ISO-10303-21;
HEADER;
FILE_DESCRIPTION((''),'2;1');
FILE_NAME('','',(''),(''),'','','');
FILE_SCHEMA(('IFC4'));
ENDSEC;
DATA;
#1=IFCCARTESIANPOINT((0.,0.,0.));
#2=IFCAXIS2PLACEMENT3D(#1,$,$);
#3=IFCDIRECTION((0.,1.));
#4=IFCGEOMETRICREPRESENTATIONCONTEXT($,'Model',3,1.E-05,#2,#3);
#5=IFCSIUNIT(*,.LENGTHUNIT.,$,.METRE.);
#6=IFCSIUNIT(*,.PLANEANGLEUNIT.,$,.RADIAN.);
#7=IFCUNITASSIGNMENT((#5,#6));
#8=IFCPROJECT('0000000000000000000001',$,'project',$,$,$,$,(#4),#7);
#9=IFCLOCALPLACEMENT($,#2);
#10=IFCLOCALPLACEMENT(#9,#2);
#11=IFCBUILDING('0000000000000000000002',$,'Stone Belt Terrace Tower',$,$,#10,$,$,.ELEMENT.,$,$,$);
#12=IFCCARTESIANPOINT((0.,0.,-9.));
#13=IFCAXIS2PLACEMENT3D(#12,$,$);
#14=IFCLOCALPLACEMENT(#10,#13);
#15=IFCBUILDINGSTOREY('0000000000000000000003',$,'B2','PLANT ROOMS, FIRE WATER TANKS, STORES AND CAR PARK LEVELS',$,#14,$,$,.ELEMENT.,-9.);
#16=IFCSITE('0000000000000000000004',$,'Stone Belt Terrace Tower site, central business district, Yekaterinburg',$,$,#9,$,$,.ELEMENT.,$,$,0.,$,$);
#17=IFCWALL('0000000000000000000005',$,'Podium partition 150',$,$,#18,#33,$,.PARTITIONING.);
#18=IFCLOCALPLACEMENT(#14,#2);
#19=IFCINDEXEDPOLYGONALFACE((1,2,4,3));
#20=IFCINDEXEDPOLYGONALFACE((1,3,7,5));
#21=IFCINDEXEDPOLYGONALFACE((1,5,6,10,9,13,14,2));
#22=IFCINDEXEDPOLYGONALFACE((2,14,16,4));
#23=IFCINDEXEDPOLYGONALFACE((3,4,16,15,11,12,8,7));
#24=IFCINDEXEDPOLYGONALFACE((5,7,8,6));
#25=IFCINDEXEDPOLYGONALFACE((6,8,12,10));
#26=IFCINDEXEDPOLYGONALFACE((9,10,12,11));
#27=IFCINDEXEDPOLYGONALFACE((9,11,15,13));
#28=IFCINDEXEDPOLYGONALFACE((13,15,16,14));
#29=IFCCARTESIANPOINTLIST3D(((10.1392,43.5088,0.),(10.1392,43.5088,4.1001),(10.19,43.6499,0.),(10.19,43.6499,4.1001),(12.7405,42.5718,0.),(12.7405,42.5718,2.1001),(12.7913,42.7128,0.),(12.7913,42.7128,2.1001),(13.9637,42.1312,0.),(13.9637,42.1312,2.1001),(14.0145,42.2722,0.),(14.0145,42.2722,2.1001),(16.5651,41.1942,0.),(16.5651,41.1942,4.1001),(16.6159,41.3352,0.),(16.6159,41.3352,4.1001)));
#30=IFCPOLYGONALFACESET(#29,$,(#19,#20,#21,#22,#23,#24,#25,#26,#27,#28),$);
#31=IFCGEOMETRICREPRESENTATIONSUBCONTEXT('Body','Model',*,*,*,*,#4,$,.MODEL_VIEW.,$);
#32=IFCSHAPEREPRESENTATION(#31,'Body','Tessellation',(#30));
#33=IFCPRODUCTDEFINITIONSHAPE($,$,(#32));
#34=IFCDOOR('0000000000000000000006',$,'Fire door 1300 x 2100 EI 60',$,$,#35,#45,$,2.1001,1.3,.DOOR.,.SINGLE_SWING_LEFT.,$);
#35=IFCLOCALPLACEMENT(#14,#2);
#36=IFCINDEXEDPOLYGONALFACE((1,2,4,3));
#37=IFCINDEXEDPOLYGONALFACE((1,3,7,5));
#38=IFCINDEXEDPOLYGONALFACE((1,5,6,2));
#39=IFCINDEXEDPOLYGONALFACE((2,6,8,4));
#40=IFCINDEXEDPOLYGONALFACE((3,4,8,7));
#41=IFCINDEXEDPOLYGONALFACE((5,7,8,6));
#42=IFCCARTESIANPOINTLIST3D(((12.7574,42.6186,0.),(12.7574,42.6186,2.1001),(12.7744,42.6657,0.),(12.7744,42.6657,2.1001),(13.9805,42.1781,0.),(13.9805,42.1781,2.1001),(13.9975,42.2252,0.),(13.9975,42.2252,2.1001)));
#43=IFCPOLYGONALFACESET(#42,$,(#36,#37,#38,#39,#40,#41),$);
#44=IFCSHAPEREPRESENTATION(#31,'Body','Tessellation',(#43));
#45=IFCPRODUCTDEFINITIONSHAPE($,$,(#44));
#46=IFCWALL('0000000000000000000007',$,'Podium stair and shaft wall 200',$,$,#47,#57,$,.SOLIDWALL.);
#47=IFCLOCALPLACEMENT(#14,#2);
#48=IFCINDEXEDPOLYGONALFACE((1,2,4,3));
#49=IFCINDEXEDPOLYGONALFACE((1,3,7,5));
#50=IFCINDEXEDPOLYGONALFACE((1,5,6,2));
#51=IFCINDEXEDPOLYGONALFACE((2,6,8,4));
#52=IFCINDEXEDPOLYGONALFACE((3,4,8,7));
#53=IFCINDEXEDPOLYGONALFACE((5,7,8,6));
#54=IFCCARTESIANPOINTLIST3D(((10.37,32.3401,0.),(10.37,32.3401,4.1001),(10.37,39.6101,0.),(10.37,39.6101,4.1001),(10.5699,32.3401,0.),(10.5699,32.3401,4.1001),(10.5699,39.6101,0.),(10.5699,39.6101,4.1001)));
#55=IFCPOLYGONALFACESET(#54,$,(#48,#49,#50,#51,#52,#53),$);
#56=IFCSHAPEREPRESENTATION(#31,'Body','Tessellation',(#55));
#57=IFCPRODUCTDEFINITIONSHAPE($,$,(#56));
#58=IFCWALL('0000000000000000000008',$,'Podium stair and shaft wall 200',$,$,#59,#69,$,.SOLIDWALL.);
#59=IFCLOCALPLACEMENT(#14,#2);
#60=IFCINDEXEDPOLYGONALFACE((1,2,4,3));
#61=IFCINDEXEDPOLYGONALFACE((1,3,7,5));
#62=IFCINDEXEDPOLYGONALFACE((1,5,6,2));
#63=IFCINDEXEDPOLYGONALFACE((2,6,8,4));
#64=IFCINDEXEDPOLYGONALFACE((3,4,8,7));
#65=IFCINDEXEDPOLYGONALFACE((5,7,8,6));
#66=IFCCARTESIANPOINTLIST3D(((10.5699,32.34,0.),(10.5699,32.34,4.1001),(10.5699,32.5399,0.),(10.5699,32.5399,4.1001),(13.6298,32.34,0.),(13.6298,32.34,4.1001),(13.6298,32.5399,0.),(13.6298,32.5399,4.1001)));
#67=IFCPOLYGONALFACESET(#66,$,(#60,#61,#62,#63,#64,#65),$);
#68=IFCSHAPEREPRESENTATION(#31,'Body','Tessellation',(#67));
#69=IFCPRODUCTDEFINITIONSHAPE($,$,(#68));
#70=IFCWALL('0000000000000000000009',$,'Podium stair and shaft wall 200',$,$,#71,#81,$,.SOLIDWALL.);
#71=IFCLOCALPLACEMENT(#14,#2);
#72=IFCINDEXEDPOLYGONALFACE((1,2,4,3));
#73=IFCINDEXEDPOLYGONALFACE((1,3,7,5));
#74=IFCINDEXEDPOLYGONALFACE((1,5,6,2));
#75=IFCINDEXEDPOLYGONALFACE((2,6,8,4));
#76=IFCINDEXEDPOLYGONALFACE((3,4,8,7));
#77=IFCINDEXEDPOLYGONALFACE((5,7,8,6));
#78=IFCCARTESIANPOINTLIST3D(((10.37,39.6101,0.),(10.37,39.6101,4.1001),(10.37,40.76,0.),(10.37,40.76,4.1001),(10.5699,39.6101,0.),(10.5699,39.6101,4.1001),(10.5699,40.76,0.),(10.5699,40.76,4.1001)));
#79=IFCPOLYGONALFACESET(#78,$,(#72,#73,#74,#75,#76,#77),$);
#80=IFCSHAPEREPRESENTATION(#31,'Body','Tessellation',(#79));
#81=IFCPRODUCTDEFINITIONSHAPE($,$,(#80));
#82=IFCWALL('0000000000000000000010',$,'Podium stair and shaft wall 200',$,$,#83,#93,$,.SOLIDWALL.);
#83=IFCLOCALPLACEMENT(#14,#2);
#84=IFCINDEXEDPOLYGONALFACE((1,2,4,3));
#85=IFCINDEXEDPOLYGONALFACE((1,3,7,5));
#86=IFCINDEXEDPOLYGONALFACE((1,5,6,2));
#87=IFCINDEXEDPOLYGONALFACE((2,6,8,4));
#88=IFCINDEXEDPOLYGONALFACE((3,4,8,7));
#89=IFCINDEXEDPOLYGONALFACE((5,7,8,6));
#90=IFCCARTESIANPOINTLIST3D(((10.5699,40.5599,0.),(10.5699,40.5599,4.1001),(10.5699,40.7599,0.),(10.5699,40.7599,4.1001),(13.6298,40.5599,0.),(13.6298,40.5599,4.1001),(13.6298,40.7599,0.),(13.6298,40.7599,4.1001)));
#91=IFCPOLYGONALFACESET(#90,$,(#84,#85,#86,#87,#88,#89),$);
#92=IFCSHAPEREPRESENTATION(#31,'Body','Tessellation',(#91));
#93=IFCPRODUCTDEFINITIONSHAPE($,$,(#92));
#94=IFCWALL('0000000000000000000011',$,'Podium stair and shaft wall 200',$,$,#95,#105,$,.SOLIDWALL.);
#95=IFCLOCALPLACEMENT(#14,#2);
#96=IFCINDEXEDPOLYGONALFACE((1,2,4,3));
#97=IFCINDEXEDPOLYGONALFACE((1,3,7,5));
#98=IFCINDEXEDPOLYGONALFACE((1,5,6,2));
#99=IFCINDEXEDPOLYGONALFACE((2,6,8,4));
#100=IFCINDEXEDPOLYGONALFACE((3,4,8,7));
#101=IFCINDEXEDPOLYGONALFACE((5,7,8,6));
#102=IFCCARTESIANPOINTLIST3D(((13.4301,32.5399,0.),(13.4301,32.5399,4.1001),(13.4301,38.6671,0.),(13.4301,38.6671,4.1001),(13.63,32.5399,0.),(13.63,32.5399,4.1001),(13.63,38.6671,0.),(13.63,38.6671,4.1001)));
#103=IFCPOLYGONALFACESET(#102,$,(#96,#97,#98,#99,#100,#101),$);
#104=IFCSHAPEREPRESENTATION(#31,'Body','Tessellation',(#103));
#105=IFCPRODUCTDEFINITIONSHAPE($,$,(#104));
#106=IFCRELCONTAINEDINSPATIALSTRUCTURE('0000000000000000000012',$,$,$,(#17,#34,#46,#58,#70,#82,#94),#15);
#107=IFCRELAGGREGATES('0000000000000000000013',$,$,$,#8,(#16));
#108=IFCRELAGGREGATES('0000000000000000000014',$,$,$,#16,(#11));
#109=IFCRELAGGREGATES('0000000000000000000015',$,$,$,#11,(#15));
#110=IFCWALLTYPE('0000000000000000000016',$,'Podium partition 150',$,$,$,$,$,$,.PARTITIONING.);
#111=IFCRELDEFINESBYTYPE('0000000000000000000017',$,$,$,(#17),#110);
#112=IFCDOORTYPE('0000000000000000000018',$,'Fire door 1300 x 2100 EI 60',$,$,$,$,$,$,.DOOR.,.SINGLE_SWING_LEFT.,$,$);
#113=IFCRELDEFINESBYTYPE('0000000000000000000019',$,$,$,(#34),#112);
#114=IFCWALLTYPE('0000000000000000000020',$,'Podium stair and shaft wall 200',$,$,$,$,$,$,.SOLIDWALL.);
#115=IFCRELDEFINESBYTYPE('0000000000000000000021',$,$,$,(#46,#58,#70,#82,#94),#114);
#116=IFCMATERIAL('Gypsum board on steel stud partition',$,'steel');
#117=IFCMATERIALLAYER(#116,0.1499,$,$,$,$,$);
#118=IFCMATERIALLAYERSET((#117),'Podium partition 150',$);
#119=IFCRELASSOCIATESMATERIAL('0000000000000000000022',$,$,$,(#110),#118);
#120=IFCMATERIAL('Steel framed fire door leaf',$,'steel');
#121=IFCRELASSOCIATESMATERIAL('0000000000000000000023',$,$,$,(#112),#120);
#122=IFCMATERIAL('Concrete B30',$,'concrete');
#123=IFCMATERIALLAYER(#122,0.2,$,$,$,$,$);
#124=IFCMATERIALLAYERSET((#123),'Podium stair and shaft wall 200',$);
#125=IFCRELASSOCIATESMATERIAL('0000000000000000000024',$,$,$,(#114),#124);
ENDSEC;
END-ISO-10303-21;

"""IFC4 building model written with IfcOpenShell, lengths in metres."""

from ifc_helpers import new_model, si_unit, direction, frame, frame_2d, origin, place, context, subcontext, project, spatial, rectangle, extrude, material, layer, layer_set, type_object, element, fill, save


model = new_model("IFC4")

# Units and contexts
model_context = context("Model", 3, precision=1e-05, world=origin(), true_north=direction((0.0, 1.0)))
body_context = subcontext(model_context, "Body", "Model", "MODEL_VIEW")
ifc_project = project(units=[si_unit("LENGTHUNIT", "METRE"), si_unit("PLANEANGLEUNIT", "RADIAN")], contexts=[model_context])

# Site, building, storey
site_placement = place(None, origin())
site = spatial("IfcSite", under=ifc_project, at=site_placement, Name="Stone Belt Terrace Tower site, central business district, Yekaterinburg", CompositionType="ELEMENT", RefElevation=0.0)
building_placement = place(site_placement, origin())
building = spatial("IfcBuilding", under=site, at=building_placement, Name="Stone Belt Terrace Tower", CompositionType="ELEMENT")
storey_placement = place(building_placement, frame((0.0, 0.0, -9.0)))
storey = spatial("IfcBuildingStorey", under=building, at=storey_placement, Name="B2", Description="PLANT ROOMS, FIRE WATER TANKS, STORES AND CAR PARK LEVELS", CompositionType="ELEMENT", Elevation=-9.0)

# Shared definitions
ifc_material_1 = material(Name="Concrete B30", Category="concrete")

# Wall, opening, door
ifc_material_2 = material(Name="Gypsum board on steel stud partition", Category="steel")
ifc_layer_1 = layer(ifc_material_2, 0.1499)
ifc_layer_set_1 = layer_set([ifc_layer_1], Name="Podium partition 150")
wall_type_1 = type_object("IfcWallType", Name="Podium partition 150", PredefinedType="PARTITIONING", material=ifc_layer_set_1)
wall_1_placement = place(storey_placement, frame((10.1646, 43.5793, 0.0), z_axis=(0.0, 0.0, 1.0), x_axis=(0.940825, -0.338892, 0.0)))
wall_1 = element("IfcWall", 1, at=wall_1_placement, inside=storey, type_object=wall_type_1, Name="Podium partition 150", PredefinedType="PARTITIONING", context=body_context, shape_type="SweptSolid", body=[
    extrude(rectangle(XDim=6.8301, YDim=0.1499, at=frame_2d((3.415, 0.0))), origin(), (0.0, 0.0, 1.0), 4.1001),
])
opening_1_placement = place(wall_1_placement, frame((2.7651, 0.0, 0.0)))
opening_1 = element("IfcOpeningElement", 2, at=opening_1_placement, cuts=wall_1, PredefinedType="OPENING", context=body_context, shape_type="SweptSolid", body=[
    extrude(rectangle(XDim=1.3, YDim=2.1001, at=frame_2d((0.6499, 1.05))), frame((0.0, 0.085, 0.0), z_axis=(0.0, -1.0, 0.0), x_axis=(1.0, 0.0, 0.0)), (0.0, 0.0, 1.0), 0.1699),
])
ifc_material_3 = material(Name="Steel framed fire door leaf", Category="steel")
door_type_1 = type_object("IfcDoorType", Name="Fire door 1300 x 2100 EI 60", OperationType="SINGLE_SWING_LEFT", PredefinedType="DOOR", material=ifc_material_3)
door_1_placement = place(opening_1_placement, origin())
door_1 = element("IfcDoor", 3, at=door_1_placement, inside=storey, type_object=door_type_1, Name="Fire door 1300 x 2100 EI 60", OperationType="SINGLE_SWING_LEFT", OverallHeight=2.1001, OverallWidth=1.3, PredefinedType="DOOR", context=body_context, shape_type="SweptSolid", body=[
    extrude(rectangle(XDim=1.3, YDim=2.1001, at=frame_2d((0.6499, 1.05))), frame((0.0, 0.0249, 0.0), z_axis=(0.0, -1.0, 0.0), x_axis=(1.0, 0.0, 0.0)), (0.0, 0.0, 1.0), 0.05),
])
fill(opening_1, door_1)

# Walls
ifc_layer_2 = layer(ifc_material_1, 0.2)
ifc_layer_set_2 = layer_set([ifc_layer_2], Name="Podium stair and shaft wall 200")
wall_type_2 = type_object("IfcWallType", Name="Podium stair and shaft wall 200", PredefinedType="SOLIDWALL", material=ifc_layer_set_2)
wall_2_placement = place(storey_placement, frame((10.47, 32.3401, 0.0), z_axis=(0.0, 0.0, 1.0), x_axis=(0.0, 1.0, 0.0)))
element("IfcWall", 4, at=wall_2_placement, inside=storey, type_object=wall_type_2, Name="Podium stair and shaft wall 200", PredefinedType="SOLIDWALL", context=body_context, shape_type="SweptSolid", body=[
    extrude(rectangle(XDim=7.27, YDim=0.2, at=frame_2d((3.635, 0.0))), origin(), (0.0, 0.0, 1.0), 4.1001),
])
wall_3_placement = place(storey_placement, frame((10.5701, 32.4399, 0.0), z_axis=(0.0, 0.0, 1.0), x_axis=(1.0, 0.0, 0.0)))
element("IfcWall", 5, at=wall_3_placement, inside=storey, type_object=wall_type_2, Name="Podium stair and shaft wall 200", PredefinedType="SOLIDWALL", context=body_context, shape_type="SweptSolid", body=[
    extrude(rectangle(XDim=3.0598, YDim=0.2, at=frame_2d((1.5298, 0.0))), origin(), (0.0, 0.0, 1.0), 4.1001),
])
wall_4_placement = place(storey_placement, frame((10.47, 39.6101, 0.0), z_axis=(0.0, 0.0, 1.0), x_axis=(0.0, 1.0, 0.0)))
element("IfcWall", 6, at=wall_4_placement, inside=storey, type_object=wall_type_2, Name="Podium stair and shaft wall 200", PredefinedType="SOLIDWALL", context=body_context, shape_type="SweptSolid", body=[
    extrude(rectangle(XDim=1.1499, YDim=0.2, at=frame_2d((0.575, 0.0))), origin(), (0.0, 0.0, 1.0), 4.1001),
])
wall_5_placement = place(storey_placement, frame((10.5701, 40.6599, 0.0), z_axis=(0.0, 0.0, 1.0), x_axis=(1.0, 0.0, 0.0)))
element("IfcWall", 7, at=wall_5_placement, inside=storey, type_object=wall_type_2, Name="Podium stair and shaft wall 200", PredefinedType="SOLIDWALL", context=body_context, shape_type="SweptSolid", body=[
    extrude(rectangle(XDim=3.0598, YDim=0.2, at=frame_2d((1.5298, 0.0))), origin(), (0.0, 0.0, 1.0), 4.1001),
])
wall_6_placement = place(storey_placement, frame((13.53, 32.54, 0.0), z_axis=(0.0, 0.0, 1.0), x_axis=(0.0, 1.0, 0.0)))
element("IfcWall", 8, at=wall_6_placement, inside=storey, type_object=wall_type_2, Name="Podium stair and shaft wall 200", PredefinedType="SOLIDWALL", context=body_context, shape_type="SweptSolid", body=[
    extrude(rectangle(XDim=6.1272, YDim=0.2, at=frame_2d((3.0635, 0.0))), origin(), (0.0, 0.0, 1.0), 4.1001),
])

save(model, "model.ifc")
